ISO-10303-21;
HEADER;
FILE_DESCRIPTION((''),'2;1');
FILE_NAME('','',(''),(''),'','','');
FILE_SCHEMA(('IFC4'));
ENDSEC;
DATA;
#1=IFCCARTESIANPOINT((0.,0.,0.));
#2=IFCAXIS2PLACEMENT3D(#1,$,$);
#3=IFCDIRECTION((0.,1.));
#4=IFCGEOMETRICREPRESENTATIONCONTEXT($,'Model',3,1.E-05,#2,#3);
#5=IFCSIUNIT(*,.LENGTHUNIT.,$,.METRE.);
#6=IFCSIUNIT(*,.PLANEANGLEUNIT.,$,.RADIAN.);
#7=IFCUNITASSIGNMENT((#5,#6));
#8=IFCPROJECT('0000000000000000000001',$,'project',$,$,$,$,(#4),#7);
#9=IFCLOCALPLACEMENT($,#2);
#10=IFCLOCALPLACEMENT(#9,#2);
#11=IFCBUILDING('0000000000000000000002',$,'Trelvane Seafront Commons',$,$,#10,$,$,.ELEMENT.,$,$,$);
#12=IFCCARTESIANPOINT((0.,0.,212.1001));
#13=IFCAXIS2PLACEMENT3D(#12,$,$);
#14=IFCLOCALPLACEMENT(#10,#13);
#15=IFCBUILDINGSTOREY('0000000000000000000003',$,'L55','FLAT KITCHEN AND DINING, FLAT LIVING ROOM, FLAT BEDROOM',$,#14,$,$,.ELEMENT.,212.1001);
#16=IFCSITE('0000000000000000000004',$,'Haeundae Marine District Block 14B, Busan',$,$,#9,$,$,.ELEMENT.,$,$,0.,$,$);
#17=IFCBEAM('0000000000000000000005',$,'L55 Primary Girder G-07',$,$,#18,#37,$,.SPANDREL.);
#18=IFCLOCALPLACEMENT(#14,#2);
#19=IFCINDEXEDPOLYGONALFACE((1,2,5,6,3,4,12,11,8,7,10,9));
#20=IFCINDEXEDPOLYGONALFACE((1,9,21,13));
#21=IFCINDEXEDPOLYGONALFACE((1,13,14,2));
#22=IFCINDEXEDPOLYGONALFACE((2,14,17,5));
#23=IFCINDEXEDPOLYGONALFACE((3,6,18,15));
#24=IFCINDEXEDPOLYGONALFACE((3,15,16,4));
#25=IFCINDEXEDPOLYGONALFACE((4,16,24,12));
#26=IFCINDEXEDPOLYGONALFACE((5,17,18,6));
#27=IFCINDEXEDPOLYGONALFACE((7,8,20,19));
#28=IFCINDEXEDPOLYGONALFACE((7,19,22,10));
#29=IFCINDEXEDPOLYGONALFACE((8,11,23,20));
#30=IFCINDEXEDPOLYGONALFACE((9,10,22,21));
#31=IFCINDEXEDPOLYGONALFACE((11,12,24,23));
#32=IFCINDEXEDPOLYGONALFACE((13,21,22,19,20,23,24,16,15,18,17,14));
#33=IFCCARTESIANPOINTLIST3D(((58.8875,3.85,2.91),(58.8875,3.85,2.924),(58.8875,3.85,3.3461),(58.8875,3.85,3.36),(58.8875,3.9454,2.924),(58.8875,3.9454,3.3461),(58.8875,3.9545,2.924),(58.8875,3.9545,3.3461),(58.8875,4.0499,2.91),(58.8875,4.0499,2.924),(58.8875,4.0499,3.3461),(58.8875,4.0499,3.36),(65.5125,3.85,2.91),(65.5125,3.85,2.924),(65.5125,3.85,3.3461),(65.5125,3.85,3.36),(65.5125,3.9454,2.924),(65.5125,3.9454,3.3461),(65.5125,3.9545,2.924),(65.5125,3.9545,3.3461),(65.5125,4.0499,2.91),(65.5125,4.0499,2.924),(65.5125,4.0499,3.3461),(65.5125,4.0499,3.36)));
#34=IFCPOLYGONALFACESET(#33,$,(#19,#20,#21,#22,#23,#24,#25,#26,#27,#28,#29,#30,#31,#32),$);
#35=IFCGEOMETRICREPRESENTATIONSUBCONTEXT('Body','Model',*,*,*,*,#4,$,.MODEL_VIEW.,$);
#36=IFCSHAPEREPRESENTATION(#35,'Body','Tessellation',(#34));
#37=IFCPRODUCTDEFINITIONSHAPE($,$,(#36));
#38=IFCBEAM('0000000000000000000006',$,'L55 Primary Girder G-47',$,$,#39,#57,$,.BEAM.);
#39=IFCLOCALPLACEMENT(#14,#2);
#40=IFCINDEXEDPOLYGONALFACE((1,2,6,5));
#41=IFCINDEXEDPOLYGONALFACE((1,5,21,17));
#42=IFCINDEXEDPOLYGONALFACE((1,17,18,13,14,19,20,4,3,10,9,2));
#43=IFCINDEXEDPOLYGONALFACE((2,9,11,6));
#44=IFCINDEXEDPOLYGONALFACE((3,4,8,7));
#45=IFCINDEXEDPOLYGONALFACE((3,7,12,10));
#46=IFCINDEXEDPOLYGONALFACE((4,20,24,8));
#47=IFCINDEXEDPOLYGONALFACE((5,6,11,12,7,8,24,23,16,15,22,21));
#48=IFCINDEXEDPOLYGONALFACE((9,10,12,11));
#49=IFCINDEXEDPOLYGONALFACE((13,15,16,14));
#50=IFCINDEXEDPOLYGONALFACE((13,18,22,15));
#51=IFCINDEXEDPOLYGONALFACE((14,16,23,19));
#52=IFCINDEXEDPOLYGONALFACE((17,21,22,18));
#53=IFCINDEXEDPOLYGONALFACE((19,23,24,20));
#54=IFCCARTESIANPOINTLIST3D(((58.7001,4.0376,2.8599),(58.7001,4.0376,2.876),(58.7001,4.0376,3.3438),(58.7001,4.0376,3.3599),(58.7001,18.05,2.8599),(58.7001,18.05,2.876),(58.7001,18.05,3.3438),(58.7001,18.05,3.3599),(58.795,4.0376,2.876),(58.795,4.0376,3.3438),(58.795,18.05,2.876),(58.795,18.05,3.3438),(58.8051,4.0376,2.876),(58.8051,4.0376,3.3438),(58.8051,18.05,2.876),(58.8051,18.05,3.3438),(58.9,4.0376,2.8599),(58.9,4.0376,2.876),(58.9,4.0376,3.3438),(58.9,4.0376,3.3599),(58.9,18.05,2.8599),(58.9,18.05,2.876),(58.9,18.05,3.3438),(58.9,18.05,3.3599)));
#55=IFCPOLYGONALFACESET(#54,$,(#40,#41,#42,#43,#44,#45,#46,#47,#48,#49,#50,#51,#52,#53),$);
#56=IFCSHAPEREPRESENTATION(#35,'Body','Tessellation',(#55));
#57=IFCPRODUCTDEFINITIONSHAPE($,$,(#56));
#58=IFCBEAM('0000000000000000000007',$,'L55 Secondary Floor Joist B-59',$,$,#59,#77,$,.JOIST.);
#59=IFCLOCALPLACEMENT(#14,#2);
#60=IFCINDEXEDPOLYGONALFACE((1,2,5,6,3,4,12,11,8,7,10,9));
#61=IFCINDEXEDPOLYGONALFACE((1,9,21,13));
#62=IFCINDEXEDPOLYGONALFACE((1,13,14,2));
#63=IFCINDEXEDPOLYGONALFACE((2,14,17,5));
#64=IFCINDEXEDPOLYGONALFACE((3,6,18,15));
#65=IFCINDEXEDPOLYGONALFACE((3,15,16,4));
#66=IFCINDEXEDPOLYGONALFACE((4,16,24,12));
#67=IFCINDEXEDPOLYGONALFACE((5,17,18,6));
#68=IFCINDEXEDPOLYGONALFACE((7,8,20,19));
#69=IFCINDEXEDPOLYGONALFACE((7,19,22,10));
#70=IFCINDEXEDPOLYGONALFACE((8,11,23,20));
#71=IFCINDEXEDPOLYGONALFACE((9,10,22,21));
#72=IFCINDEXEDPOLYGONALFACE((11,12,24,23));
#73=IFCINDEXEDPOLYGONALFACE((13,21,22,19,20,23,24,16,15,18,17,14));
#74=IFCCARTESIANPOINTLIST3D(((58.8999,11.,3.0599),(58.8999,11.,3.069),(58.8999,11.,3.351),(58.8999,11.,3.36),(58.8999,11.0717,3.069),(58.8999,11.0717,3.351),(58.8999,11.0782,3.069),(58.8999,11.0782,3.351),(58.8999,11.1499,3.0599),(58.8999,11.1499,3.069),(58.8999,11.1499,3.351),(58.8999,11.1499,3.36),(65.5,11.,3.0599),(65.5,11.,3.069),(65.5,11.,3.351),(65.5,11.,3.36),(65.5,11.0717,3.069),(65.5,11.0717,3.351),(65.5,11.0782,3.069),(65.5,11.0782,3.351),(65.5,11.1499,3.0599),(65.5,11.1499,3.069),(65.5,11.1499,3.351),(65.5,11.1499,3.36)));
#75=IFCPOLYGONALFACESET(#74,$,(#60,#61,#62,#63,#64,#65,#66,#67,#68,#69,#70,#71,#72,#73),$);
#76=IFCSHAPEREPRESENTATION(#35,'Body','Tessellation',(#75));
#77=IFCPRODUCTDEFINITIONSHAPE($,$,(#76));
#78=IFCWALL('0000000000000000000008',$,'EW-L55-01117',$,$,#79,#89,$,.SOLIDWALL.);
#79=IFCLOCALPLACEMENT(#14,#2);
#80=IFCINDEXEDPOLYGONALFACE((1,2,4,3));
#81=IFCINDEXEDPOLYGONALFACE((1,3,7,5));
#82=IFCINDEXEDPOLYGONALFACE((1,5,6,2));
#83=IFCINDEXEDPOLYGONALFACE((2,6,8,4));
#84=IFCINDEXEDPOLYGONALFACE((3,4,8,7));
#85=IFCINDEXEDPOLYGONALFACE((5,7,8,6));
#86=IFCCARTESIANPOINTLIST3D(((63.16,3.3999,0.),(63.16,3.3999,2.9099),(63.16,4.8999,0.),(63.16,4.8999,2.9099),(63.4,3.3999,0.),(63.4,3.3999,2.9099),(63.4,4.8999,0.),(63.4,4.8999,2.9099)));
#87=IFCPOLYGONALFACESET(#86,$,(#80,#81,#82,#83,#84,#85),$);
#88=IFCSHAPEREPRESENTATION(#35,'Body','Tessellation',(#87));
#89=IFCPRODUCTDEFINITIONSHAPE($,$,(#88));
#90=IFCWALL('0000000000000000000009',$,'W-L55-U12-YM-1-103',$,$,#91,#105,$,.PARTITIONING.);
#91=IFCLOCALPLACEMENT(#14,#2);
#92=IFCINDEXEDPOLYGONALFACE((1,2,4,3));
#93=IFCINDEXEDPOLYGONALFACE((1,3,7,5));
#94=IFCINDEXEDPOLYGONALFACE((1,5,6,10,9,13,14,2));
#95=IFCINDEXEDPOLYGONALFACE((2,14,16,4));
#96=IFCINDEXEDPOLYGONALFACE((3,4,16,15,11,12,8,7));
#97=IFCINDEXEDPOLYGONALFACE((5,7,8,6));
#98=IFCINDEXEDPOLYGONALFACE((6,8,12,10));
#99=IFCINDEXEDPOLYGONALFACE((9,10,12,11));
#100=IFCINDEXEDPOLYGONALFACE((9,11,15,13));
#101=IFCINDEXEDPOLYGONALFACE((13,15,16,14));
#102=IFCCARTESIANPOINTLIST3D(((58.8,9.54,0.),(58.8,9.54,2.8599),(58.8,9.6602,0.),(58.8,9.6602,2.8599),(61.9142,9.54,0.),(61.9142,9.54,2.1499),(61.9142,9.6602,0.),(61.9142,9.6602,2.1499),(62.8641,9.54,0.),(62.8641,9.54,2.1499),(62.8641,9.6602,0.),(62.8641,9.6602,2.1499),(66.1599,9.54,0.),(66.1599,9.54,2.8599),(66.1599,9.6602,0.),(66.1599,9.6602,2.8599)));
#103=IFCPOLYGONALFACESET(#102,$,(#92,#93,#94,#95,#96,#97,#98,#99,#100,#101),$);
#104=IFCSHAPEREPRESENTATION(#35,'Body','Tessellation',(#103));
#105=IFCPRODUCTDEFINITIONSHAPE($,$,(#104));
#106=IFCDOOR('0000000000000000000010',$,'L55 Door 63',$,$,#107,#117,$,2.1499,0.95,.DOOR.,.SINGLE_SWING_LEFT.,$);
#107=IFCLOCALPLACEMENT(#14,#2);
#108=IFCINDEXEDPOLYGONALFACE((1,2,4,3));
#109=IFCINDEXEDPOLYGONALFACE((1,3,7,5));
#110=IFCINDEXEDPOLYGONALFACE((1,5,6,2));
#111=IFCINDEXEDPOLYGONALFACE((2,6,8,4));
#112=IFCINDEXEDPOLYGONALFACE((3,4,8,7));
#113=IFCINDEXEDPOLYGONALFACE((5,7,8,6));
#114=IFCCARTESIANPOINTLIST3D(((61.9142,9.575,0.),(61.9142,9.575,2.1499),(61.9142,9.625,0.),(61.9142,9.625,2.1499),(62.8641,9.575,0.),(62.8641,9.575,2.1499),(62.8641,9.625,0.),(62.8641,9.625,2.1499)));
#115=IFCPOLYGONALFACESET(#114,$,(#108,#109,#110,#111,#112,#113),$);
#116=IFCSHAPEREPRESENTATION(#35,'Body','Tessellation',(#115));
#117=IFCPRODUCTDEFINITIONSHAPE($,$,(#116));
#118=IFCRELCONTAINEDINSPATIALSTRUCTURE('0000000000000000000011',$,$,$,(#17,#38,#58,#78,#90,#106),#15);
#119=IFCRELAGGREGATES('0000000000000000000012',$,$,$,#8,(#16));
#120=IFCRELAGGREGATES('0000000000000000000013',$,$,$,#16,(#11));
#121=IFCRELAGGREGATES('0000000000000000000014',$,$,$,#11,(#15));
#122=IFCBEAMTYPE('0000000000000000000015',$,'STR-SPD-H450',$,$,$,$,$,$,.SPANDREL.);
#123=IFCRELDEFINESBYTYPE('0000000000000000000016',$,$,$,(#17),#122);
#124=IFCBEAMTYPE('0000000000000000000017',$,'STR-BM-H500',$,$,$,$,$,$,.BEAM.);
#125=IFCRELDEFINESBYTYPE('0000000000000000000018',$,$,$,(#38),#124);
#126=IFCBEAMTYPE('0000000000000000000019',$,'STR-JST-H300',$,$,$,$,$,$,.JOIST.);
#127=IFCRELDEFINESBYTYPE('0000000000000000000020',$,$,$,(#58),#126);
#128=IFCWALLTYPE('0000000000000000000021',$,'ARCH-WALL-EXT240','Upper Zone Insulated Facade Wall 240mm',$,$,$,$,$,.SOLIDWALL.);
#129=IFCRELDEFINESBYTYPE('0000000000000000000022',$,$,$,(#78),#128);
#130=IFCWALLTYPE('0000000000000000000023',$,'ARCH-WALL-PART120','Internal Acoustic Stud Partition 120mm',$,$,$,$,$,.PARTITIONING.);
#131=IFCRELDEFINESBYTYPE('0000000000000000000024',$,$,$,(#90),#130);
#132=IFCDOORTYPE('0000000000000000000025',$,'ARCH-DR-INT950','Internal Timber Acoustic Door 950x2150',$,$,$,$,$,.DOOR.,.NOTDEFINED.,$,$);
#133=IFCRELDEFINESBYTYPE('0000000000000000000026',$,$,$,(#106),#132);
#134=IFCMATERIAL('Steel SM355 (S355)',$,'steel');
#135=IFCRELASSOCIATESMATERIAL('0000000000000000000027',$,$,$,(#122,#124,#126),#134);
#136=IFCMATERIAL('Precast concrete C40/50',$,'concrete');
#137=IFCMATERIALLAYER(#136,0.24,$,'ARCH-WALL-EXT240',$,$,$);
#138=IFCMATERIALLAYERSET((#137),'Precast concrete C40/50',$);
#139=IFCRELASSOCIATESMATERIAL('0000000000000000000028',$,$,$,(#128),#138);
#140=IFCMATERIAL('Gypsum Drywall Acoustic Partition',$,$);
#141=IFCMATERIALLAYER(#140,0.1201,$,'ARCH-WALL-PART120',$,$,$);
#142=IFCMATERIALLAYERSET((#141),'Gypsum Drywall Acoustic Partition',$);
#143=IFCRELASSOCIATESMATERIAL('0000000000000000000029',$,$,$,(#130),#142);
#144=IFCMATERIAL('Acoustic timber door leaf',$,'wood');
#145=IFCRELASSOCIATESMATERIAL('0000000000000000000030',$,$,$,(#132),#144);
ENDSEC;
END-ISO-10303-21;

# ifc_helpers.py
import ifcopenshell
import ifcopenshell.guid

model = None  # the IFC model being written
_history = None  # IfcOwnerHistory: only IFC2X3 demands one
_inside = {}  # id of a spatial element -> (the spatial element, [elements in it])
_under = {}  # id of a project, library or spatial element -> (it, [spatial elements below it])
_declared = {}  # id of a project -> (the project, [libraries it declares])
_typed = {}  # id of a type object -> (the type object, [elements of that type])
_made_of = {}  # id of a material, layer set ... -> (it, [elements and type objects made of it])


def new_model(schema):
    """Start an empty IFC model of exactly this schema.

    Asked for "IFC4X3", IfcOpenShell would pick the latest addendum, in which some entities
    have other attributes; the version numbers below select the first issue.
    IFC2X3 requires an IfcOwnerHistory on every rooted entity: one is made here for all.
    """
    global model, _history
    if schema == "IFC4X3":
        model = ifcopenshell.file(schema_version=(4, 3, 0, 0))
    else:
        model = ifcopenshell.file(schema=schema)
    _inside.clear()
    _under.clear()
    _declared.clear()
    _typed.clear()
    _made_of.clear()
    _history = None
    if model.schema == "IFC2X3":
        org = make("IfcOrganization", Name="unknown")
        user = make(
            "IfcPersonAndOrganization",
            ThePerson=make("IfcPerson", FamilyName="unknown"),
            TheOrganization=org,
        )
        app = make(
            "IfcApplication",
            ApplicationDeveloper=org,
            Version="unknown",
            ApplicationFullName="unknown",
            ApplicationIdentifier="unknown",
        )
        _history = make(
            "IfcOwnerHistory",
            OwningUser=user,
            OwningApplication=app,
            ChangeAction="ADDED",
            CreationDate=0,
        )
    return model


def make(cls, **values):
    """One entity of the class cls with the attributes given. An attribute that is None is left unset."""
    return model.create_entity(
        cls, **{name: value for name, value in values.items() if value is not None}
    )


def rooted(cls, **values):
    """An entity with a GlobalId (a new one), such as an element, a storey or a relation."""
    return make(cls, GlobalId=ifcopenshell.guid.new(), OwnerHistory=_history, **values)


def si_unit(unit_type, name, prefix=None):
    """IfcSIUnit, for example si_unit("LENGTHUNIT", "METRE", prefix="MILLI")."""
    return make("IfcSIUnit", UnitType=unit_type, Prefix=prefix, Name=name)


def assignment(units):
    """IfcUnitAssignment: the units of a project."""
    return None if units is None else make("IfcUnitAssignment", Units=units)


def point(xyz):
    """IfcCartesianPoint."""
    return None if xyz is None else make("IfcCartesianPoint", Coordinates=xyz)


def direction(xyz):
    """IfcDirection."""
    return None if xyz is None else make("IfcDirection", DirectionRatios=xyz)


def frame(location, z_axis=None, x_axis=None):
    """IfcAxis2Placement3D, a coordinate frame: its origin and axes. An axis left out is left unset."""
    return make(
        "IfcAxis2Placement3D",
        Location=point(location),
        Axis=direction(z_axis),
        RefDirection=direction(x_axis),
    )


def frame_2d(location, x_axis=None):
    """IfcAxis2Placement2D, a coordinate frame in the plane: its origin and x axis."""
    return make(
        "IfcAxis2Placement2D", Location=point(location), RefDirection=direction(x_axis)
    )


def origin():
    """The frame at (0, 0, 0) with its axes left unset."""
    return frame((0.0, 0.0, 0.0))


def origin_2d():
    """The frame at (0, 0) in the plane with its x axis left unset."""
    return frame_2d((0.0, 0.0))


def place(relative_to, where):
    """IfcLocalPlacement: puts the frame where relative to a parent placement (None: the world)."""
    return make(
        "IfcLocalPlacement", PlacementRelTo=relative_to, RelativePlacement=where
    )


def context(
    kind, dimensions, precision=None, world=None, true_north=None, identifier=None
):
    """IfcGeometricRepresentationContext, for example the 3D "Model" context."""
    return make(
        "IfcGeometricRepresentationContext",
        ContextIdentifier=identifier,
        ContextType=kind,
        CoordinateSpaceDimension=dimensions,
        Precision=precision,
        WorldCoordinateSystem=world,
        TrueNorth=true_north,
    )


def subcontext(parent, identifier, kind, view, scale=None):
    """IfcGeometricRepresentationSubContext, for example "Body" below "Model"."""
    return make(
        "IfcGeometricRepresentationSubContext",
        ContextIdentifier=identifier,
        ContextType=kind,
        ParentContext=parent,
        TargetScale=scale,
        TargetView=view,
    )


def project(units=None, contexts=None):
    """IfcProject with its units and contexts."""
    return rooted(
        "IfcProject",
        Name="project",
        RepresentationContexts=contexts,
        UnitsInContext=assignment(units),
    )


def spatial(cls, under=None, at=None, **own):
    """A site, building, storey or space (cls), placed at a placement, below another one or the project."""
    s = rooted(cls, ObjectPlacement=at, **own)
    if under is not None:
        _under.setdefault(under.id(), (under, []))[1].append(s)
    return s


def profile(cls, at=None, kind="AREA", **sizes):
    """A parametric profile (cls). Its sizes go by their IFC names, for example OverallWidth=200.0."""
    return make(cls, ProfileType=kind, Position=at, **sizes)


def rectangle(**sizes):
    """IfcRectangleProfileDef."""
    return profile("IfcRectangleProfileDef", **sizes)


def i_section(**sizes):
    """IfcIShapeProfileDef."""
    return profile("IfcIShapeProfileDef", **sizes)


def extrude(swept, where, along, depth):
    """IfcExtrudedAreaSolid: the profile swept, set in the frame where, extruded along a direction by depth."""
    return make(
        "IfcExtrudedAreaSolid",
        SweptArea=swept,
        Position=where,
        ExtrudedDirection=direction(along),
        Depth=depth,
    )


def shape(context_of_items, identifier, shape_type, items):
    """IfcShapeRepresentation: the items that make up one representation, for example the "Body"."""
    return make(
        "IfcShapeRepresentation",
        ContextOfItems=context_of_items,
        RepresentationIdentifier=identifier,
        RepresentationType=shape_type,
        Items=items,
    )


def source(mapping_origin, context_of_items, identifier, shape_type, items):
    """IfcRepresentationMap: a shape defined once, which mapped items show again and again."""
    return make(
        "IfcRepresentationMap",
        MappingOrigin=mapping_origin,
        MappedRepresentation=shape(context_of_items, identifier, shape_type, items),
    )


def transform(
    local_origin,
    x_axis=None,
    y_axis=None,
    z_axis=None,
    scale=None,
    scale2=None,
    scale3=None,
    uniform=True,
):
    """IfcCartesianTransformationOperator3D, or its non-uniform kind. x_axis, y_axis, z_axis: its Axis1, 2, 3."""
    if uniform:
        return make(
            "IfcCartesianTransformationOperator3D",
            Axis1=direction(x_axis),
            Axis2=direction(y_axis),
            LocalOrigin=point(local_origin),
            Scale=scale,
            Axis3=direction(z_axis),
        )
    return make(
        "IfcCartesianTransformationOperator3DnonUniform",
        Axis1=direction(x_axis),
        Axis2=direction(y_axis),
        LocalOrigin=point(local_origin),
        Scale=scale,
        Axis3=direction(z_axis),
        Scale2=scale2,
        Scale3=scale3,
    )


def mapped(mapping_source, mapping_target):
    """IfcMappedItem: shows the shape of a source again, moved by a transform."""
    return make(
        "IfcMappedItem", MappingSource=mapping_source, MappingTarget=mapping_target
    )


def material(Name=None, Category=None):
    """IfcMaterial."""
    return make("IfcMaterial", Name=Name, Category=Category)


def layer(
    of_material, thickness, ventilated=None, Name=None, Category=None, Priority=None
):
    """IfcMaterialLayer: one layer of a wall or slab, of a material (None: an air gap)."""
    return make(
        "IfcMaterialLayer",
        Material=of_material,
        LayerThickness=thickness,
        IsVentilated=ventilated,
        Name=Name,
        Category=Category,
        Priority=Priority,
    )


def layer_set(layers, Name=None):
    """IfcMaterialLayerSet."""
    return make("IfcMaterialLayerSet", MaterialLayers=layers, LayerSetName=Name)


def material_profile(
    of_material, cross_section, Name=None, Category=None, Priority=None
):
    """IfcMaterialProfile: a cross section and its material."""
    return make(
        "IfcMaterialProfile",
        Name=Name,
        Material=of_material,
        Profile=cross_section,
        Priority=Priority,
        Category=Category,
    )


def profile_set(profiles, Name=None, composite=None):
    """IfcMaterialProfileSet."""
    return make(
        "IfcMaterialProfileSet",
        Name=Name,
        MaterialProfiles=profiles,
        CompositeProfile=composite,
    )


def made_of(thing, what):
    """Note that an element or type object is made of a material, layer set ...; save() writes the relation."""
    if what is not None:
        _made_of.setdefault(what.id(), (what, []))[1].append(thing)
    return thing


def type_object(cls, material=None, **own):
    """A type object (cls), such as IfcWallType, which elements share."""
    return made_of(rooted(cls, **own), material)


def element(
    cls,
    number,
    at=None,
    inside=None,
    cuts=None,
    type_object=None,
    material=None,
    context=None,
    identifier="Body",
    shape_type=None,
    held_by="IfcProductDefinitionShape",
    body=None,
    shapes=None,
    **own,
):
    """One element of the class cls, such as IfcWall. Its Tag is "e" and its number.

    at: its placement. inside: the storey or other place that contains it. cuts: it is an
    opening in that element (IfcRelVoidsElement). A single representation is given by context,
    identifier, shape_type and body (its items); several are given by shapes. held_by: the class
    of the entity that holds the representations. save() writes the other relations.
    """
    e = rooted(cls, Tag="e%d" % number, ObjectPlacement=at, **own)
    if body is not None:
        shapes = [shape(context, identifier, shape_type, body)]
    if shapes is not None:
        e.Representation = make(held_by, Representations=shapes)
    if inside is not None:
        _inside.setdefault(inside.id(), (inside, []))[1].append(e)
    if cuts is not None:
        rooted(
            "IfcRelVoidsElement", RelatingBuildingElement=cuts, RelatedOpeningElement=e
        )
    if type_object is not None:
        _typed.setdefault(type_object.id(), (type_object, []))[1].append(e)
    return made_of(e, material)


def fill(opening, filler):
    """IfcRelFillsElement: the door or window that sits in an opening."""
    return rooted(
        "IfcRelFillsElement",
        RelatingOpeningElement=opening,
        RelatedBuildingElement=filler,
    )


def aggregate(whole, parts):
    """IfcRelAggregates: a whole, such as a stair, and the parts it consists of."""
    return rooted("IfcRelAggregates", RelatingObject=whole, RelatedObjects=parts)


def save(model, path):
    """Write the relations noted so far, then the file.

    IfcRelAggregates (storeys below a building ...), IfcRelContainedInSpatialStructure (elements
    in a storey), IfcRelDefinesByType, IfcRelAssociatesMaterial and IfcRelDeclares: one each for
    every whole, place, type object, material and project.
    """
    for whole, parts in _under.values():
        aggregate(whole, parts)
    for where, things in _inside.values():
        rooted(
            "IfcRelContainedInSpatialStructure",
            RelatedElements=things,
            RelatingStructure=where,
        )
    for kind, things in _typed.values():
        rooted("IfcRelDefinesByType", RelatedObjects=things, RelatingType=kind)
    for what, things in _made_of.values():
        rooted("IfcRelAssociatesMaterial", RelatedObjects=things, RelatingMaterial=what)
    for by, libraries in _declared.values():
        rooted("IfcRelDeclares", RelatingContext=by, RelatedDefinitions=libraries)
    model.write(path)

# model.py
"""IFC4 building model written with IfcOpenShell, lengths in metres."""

from ifc_helpers import new_model, si_unit, direction, frame, frame_2d, origin, origin_2d, place, context, subcontext, project, spatial, rectangle, i_section, extrude, source, transform, mapped, material, layer, layer_set, material_profile, profile_set, type_object, element, fill, save


model = new_model("IFC4")

# Units and contexts
model_context = context("Model", 3, precision=1e-05, world=origin(), true_north=direction((0.0, 1.0)))
body_context = subcontext(model_context, "Body", "Model", "MODEL_VIEW")
ifc_project = project(units=[si_unit("LENGTHUNIT", "METRE"), si_unit("PLANEANGLEUNIT", "RADIAN")], contexts=[model_context])

# Site, building, storey
site_placement = place(None, origin())
site = spatial("IfcSite", under=ifc_project, at=site_placement, Name="Haeundae Marine District Block 14B, Busan", CompositionType="ELEMENT", RefElevation=0.0)
building_placement = place(site_placement, origin())
building = spatial("IfcBuilding", under=site, at=building_placement, Name="Trelvane Seafront Commons", CompositionType="ELEMENT")
storey_placement = place(building_placement, frame((0.0, 0.0, 212.1001)))
storey = spatial("IfcBuildingStorey", under=building, at=storey_placement, Name="L55", Description="FLAT KITCHEN AND DINING, FLAT LIVING ROOM, FLAT BEDROOM", CompositionType="ELEMENT", Elevation=212.1001)

# Beams
ifc_material_1 = material(Name="Steel SM355 (S355)", Category="steel")
ifc_material_profile_1 = material_profile(ifc_material_1, i_section(OverallWidth=0.2, OverallDepth=0.45, WebThickness=0.009, FlangeThickness=0.0139, at=origin_2d()), Name="H-450x200x9x14")
ifc_profile_set_1 = profile_set([ifc_material_profile_1], Name="Steel SM355 (S355)")
beam_type_1 = type_object("IfcBeamType", Name="STR-SPD-H450", PredefinedType="SPANDREL", material=ifc_profile_set_1)
shared_shape_1 = source(origin(), body_context, "Body", "SweptSolid", [
    extrude(i_section(OverallWidth=0.2, OverallDepth=0.45, WebThickness=0.009, FlangeThickness=0.0139, at=origin_2d()), origin(), (0.0, 0.0, 1.0), 6.625),
])
beam_1_placement = place(storey_placement, frame((58.8875, 3.95, 3.135), z_axis=(1.0, 0.0, 0.0), x_axis=(0.0, 1.0, 0.0)))
element("IfcBeam", 1, at=beam_1_placement, inside=storey, type_object=beam_type_1, Name="L55 Primary Girder G-07", PredefinedType="SPANDREL", context=body_context, shape_type="MappedRepresentation", body=[
    mapped(shared_shape_1, transform((0.0, 0.0, 0.0), x_axis=(1.0, 0.0, 0.0), y_axis=(0.0, 1.0, 0.0), z_axis=(0.0, 0.0, 1.0), scale=1.0)),
])
ifc_material_profile_2 = material_profile(ifc_material_1, i_section(OverallWidth=0.2, OverallDepth=0.5, WebThickness=0.01, FlangeThickness=0.0161, at=origin_2d()), Name="H-500x200x10x16")
ifc_profile_set_2 = profile_set([ifc_material_profile_2], Name="Steel SM355 (S355)")
beam_type_2 = type_object("IfcBeamType", Name="STR-BM-H500", PredefinedType="BEAM", material=ifc_profile_set_2)
shared_shape_2 = source(origin(), body_context, "Body", "SweptSolid", [
    extrude(i_section(OverallWidth=0.2, OverallDepth=0.5, WebThickness=0.01, FlangeThickness=0.0161, at=origin_2d()), origin(), (0.0, 0.0, 1.0), 14.0125),
])
beam_2_placement = place(storey_placement, frame((58.8, 4.0376, 3.1099), z_axis=(0.0, 1.0, 0.0), x_axis=(-1.0, 0.0, 0.0)))
element("IfcBeam", 2, at=beam_2_placement, inside=storey, type_object=beam_type_2, Name="L55 Primary Girder G-47", PredefinedType="BEAM", context=body_context, shape_type="MappedRepresentation", body=[
    mapped(shared_shape_2, transform((0.0, 0.0, 0.0), x_axis=(1.0, 0.0, 0.0), y_axis=(0.0, 1.0, 0.0), z_axis=(0.0, 0.0, 1.0), scale=1.0)),
])
ifc_material_profile_3 = material_profile(ifc_material_1, i_section(OverallWidth=0.1499, OverallDepth=0.3, WebThickness=0.0066, FlangeThickness=0.009, at=origin_2d()), Name="H-300x150x6.5x9")
ifc_profile_set_3 = profile_set([ifc_material_profile_3], Name="Steel SM355 (S355)")
beam_type_3 = type_object("IfcBeamType", Name="STR-JST-H300", PredefinedType="JOIST", material=ifc_profile_set_3)
shared_shape_3 = source(origin(), body_context, "Body", "SweptSolid", [
    extrude(i_section(OverallWidth=0.1499, OverallDepth=0.3, WebThickness=0.0066, FlangeThickness=0.009, at=origin_2d()), origin(), (0.0, 0.0, 1.0), 6.6001),
])
beam_3_placement = place(storey_placement, frame((58.8999, 11.075, 3.21), z_axis=(1.0, 0.0, 0.0), x_axis=(0.0, 1.0, 0.0)))
element("IfcBeam", 3, at=beam_3_placement, inside=storey, type_object=beam_type_3, Name="L55 Secondary Floor Joist B-59", PredefinedType="JOIST", context=body_context, shape_type="MappedRepresentation", body=[
    mapped(shared_shape_3, transform((0.0, 0.0, 0.0), x_axis=(1.0, 0.0, 0.0), y_axis=(0.0, 1.0, 0.0), z_axis=(0.0, 0.0, 1.0), scale=1.0)),
])

# Wall
ifc_material_2 = material(Name="Precast concrete C40/50", Category="concrete")
ifc_layer_1 = layer(ifc_material_2, 0.24, Name="ARCH-WALL-EXT240")
ifc_layer_set_1 = layer_set([ifc_layer_1], Name="Precast concrete C40/50")
wall_type_1 = type_object("IfcWallType", Name="ARCH-WALL-EXT240", Description="Upper Zone Insulated Facade Wall 240mm", PredefinedType="SOLIDWALL", material=ifc_layer_set_1)
wall_1_placement = place(storey_placement, frame((63.28, 4.8999, 0.0), z_axis=(0.0, 0.0, 1.0), x_axis=(0.0, -1.0, 0.0)))
element("IfcWall", 4, at=wall_1_placement, inside=storey, type_object=wall_type_1, Name="EW-L55-01117", PredefinedType="SOLIDWALL", context=body_context, shape_type="SweptSolid", body=[
    extrude(rectangle(XDim=1.5, YDim=0.24, at=frame_2d((0.75, 0.0))), origin(), (0.0, 0.0, 1.0), 2.9099),
])

# Wall, opening, door
ifc_material_3 = material(Name="Gypsum Drywall Acoustic Partition")
ifc_layer_2 = layer(ifc_material_3, 0.1201, Name="ARCH-WALL-PART120")
ifc_layer_set_2 = layer_set([ifc_layer_2], Name="Gypsum Drywall Acoustic Partition")
wall_type_2 = type_object("IfcWallType", Name="ARCH-WALL-PART120", Description="Internal Acoustic Stud Partition 120mm", PredefinedType="PARTITIONING", material=ifc_layer_set_2)
wall_2_placement = place(storey_placement, frame((58.8, 9.6001, 0.0), z_axis=(0.0, 0.0, 1.0), x_axis=(1.0, 0.0, 0.0)))
wall_2 = element("IfcWall", 5, at=wall_2_placement, inside=storey, type_object=wall_type_2, Name="W-L55-U12-YM-1-103", PredefinedType="PARTITIONING", context=body_context, shape_type="SweptSolid", body=[
    extrude(rectangle(XDim=7.3599, YDim=0.1201, at=frame_2d((3.6799, 0.0))), origin(), (0.0, 0.0, 1.0), 2.8599),
])
opening_placement = place(wall_2_placement, frame((3.114, 0.0, 0.0)))
opening = element("IfcOpeningElement", 6, at=opening_placement, cuts=wall_2, PredefinedType="OPENING", context=body_context, shape_type="SweptSolid", body=[
    extrude(rectangle(XDim=0.95, YDim=2.1499, at=frame_2d((0.4751, 1.075))), frame((0.0, 0.0701, 0.0), z_axis=(0.0, -1.0, 0.0), x_axis=(1.0, 0.0, 0.0)), (0.0, 0.0, 1.0), 0.1401),
])
ifc_material_4 = material(Name="Acoustic timber door leaf", Category="wood")
door_type = type_object("IfcDoorType", Name="ARCH-DR-INT950", Description="Internal Timber Acoustic Door 950x2150", OperationType="NOTDEFINED", PredefinedType="DOOR", material=ifc_material_4)
shared_shape_4 = source(origin(), body_context, "Body", "SweptSolid", [
    extrude(rectangle(XDim=0.95, YDim=2.1499, at=frame_2d((0.4751, 1.075))), frame((0.0, 0.0249, 0.0), z_axis=(0.0, -1.0, 0.0), x_axis=(1.0, 0.0, 0.0)), (0.0, 0.0, 1.0), 0.05),
])
door_placement = place(opening_placement, origin())
door = element("IfcDoor", 7, at=door_placement, inside=storey, type_object=door_type, Name="L55 Door 63", OperationType="SINGLE_SWING_LEFT", OverallHeight=2.1499, OverallWidth=0.95, PredefinedType="DOOR", context=body_context, shape_type="MappedRepresentation", body=[
    mapped(shared_shape_4, transform((0.0, 0.0, 0.0), x_axis=(1.0, 0.0, 0.0), y_axis=(0.0, 1.0, 0.0), z_axis=(0.0, 0.0, 1.0), scale=1.0)),
])
fill(opening, door)

save(model, "model.ifc")
